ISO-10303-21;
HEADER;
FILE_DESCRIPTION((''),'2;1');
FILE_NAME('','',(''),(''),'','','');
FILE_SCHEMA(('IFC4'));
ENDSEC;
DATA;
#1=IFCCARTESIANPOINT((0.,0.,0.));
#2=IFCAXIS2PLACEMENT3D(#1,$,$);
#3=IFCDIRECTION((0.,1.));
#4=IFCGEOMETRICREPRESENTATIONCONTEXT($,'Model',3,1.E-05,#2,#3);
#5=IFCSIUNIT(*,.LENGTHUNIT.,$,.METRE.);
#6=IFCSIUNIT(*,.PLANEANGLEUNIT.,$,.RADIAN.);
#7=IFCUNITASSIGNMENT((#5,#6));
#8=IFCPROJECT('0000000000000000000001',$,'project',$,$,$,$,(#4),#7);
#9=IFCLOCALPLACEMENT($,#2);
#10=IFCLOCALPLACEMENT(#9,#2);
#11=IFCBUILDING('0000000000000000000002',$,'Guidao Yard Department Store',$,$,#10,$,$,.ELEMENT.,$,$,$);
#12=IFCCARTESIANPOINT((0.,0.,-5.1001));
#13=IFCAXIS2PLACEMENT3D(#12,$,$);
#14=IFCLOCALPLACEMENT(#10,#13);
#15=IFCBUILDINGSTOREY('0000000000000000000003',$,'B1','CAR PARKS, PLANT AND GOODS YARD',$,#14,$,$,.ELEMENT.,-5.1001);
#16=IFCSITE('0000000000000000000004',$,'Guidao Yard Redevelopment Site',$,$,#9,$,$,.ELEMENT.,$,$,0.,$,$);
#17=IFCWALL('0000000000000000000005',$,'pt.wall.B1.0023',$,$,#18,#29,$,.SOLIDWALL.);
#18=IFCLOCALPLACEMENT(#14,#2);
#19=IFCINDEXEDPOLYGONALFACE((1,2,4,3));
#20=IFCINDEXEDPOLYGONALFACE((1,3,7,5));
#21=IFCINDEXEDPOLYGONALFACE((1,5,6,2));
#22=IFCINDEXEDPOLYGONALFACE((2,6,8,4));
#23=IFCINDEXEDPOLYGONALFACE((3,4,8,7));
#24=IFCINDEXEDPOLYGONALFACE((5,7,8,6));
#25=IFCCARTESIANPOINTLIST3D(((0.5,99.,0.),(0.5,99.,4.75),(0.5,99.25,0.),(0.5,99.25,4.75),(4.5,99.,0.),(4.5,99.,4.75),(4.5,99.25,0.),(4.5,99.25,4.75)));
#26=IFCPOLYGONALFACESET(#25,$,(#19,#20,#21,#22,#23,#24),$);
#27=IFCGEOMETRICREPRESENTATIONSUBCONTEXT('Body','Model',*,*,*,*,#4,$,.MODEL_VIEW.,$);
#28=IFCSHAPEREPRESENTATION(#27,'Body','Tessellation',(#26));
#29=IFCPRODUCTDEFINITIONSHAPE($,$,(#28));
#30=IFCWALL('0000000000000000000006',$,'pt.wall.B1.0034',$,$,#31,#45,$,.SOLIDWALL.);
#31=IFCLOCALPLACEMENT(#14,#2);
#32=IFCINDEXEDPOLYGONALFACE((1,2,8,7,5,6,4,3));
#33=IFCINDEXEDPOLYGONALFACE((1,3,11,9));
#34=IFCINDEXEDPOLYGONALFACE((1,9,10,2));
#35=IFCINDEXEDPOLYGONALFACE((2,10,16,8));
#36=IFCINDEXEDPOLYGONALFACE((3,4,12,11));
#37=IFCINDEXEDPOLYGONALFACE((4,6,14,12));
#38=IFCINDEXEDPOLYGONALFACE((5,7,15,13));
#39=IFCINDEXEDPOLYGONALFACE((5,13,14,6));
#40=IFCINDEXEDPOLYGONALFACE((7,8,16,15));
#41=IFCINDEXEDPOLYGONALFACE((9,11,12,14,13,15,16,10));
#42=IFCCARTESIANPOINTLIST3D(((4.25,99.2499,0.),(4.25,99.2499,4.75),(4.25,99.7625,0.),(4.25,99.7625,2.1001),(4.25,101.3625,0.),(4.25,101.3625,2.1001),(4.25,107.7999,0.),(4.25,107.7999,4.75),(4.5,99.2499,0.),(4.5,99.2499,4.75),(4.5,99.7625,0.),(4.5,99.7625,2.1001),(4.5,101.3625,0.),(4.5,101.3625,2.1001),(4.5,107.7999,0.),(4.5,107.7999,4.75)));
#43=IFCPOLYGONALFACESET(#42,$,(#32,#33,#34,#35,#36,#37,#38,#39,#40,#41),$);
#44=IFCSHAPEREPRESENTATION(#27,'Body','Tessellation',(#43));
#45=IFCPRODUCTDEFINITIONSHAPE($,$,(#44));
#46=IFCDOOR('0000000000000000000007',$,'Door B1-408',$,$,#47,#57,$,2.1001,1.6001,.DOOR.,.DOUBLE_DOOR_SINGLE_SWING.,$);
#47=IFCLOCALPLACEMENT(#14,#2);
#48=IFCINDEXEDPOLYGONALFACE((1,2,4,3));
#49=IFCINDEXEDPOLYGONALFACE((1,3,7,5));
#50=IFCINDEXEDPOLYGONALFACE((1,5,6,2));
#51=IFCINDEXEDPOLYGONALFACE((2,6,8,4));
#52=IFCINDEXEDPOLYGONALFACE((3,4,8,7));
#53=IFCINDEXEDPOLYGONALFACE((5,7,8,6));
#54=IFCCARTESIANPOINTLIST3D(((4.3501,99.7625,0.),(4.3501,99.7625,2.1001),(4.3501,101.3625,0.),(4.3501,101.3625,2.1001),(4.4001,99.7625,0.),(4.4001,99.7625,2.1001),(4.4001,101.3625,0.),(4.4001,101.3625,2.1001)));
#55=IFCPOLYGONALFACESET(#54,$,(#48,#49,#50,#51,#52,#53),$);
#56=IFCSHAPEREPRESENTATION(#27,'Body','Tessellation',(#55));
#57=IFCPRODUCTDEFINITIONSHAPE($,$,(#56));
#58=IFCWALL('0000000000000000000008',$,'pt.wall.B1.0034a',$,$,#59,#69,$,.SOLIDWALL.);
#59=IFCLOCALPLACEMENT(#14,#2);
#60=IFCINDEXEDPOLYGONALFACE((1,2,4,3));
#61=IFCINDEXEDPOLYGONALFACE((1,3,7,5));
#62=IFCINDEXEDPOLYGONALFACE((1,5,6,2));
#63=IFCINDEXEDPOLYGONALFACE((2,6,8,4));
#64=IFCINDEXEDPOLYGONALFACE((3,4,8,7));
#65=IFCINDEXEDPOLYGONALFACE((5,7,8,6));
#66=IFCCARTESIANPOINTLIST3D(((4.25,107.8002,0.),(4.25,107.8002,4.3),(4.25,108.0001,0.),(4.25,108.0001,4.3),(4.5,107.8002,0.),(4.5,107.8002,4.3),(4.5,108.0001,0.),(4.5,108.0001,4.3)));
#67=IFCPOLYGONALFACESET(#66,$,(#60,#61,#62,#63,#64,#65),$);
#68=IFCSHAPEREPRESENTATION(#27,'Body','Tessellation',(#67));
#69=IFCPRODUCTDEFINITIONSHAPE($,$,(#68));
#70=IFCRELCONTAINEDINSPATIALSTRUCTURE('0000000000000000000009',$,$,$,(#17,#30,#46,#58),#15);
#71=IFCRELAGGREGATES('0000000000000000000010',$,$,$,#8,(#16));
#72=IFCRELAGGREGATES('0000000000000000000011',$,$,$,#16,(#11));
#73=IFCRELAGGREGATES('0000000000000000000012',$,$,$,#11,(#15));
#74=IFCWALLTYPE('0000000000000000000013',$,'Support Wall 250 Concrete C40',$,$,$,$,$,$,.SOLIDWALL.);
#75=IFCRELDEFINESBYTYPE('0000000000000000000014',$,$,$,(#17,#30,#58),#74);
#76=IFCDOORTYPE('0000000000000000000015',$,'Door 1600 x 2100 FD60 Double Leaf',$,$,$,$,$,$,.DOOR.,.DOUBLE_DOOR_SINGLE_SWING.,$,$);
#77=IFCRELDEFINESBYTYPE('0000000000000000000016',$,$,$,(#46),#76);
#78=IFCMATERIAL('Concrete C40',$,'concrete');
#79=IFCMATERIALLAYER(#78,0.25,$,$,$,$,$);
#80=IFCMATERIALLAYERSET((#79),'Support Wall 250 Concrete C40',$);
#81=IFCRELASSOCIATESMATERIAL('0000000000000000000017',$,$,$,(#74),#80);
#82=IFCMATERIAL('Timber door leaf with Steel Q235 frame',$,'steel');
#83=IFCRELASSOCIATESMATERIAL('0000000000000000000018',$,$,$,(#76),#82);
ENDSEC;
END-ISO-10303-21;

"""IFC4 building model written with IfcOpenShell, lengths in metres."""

from ifc_helpers import new_model, si_unit, direction, frame, frame_2d, origin, place, context, subcontext, project, spatial, rectangle, extrude, material, layer, layer_set, type_object, element, fill, save


model = new_model("IFC4")

# Units and contexts
model_context = context("Model", 3, precision=1e-05, world=origin(), true_north=direction((0.0, 1.0)))
body_context = subcontext(model_context, "Body", "Model", "MODEL_VIEW")
ifc_project = project(units=[si_unit("LENGTHUNIT", "METRE"), si_unit("PLANEANGLEUNIT", "RADIAN")], contexts=[model_context])

# Site, building, storey
site_placement = place(None, origin())
site = spatial("IfcSite", under=ifc_project, at=site_placement, Name="Guidao Yard Redevelopment Site", CompositionType="ELEMENT", RefElevation=0.0)
building_placement = place(site_placement, origin())
building = spatial("IfcBuilding", under=site, at=building_placement, Name="Guidao Yard Department Store", CompositionType="ELEMENT")
storey_placement = place(building_placement, frame((0.0, 0.0, -5.1001)))
storey = spatial("IfcBuildingStorey", under=building, at=storey_placement, Name="B1", Description="CAR PARKS, PLANT AND GOODS YARD", CompositionType="ELEMENT", Elevation=-5.1001)

# Wall
ifc_material_1 = material(Name="Concrete C40", Category="concrete")
ifc_layer_1 = layer(ifc_material_1, 0.25)
ifc_layer_set_1 = layer_set([ifc_layer_1], Name="Support Wall 250 Concrete C40")
wall_type_1 = type_object("IfcWallType", Name="Support Wall 250 Concrete C40", PredefinedType="SOLIDWALL", material=ifc_layer_set_1)
wall_1_placement = place(storey_placement, frame((0.5, 99.125, 0.0), z_axis=(0.0, 0.0, 1.0), x_axis=(1.0, 0.0, 0.0)))
element("IfcWall", 1, at=wall_1_placement, inside=storey, type_object=wall_type_1, Name="pt.wall.B1.0023", PredefinedType="SOLIDWALL", context=body_context, shape_type="SweptSolid", body=[
    extrude(rectangle(XDim=4.0, YDim=0.25, at=frame_2d((2.0, 0.0))), origin(), (0.0, 0.0, 1.0), 4.75),
])

# Wall, opening, door
wall_2_placement = place(storey_placement, frame((4.375, 99.25, 0.0), z_axis=(0.0, 0.0, 1.0), x_axis=(0.0, 1.0, 0.0)))
wall_2 = element("IfcWall", 2, at=wall_2_placement, inside=storey, type_object=wall_type_1, Name="pt.wall.B1.0034", PredefinedType="SOLIDWALL", context=body_context, shape_type="SweptSolid", body=[
    extrude(rectangle(XDim=8.55, YDim=0.25, at=frame_2d((4.2749, 0.0))), origin(), (0.0, 0.0, 1.0), 4.75),
])
opening_placement = place(wall_2_placement, frame((0.5125, 0.0, 0.0)))
opening = element("IfcOpeningElement", 3, at=opening_placement, cuts=wall_2, PredefinedType="OPENING", context=body_context, shape_type="SweptSolid", body=[
    extrude(rectangle(XDim=1.6001, YDim=2.1001, at=frame_2d((0.8, 1.05))), frame((0.0, 0.135, 0.0), z_axis=(0.0, -1.0, 0.0), x_axis=(1.0, 0.0, 0.0)), (0.0, 0.0, 1.0), 0.27),
])
ifc_material_2 = material(Name="Timber door leaf with Steel Q235 frame", Category="steel")
door_type = type_object("IfcDoorType", Name="Door 1600 x 2100 FD60 Double Leaf", OperationType="DOUBLE_DOOR_SINGLE_SWING", PredefinedType="DOOR", material=ifc_material_2)
door_placement = place(opening_placement, origin())
door = element("IfcDoor", 4, at=door_placement, inside=storey, type_object=door_type, Name="Door B1-408", OperationType="DOUBLE_DOOR_SINGLE_SWING", OverallHeight=2.1001, OverallWidth=1.6001, PredefinedType="DOOR", context=body_context, shape_type="SweptSolid", body=[
    extrude(rectangle(XDim=1.6001, YDim=2.1001, at=frame_2d((0.8, 1.05))), frame((0.0, 0.0249, 0.0), z_axis=(0.0, -1.0, 0.0), x_axis=(1.0, 0.0, 0.0)), (0.0, 0.0, 1.0), 0.05),
])
fill(opening, door)

# Wall
wall_3_placement = place(storey_placement, frame((4.375, 107.8, 0.0), z_axis=(0.0, 0.0, 1.0), x_axis=(0.0, 1.0, 0.0)))
element("IfcWall", 5, at=wall_3_placement, inside=storey, type_object=wall_type_1, Name="pt.wall.B1.0034a", PredefinedType="SOLIDWALL", context=body_context, shape_type="SweptSolid", body=[
    extrude(rectangle(XDim=0.2, YDim=0.25, at=frame_2d((0.1001, 0.0))), origin(), (0.0, 0.0, 1.0), 4.3),
])

save(model, "model.ifc")
